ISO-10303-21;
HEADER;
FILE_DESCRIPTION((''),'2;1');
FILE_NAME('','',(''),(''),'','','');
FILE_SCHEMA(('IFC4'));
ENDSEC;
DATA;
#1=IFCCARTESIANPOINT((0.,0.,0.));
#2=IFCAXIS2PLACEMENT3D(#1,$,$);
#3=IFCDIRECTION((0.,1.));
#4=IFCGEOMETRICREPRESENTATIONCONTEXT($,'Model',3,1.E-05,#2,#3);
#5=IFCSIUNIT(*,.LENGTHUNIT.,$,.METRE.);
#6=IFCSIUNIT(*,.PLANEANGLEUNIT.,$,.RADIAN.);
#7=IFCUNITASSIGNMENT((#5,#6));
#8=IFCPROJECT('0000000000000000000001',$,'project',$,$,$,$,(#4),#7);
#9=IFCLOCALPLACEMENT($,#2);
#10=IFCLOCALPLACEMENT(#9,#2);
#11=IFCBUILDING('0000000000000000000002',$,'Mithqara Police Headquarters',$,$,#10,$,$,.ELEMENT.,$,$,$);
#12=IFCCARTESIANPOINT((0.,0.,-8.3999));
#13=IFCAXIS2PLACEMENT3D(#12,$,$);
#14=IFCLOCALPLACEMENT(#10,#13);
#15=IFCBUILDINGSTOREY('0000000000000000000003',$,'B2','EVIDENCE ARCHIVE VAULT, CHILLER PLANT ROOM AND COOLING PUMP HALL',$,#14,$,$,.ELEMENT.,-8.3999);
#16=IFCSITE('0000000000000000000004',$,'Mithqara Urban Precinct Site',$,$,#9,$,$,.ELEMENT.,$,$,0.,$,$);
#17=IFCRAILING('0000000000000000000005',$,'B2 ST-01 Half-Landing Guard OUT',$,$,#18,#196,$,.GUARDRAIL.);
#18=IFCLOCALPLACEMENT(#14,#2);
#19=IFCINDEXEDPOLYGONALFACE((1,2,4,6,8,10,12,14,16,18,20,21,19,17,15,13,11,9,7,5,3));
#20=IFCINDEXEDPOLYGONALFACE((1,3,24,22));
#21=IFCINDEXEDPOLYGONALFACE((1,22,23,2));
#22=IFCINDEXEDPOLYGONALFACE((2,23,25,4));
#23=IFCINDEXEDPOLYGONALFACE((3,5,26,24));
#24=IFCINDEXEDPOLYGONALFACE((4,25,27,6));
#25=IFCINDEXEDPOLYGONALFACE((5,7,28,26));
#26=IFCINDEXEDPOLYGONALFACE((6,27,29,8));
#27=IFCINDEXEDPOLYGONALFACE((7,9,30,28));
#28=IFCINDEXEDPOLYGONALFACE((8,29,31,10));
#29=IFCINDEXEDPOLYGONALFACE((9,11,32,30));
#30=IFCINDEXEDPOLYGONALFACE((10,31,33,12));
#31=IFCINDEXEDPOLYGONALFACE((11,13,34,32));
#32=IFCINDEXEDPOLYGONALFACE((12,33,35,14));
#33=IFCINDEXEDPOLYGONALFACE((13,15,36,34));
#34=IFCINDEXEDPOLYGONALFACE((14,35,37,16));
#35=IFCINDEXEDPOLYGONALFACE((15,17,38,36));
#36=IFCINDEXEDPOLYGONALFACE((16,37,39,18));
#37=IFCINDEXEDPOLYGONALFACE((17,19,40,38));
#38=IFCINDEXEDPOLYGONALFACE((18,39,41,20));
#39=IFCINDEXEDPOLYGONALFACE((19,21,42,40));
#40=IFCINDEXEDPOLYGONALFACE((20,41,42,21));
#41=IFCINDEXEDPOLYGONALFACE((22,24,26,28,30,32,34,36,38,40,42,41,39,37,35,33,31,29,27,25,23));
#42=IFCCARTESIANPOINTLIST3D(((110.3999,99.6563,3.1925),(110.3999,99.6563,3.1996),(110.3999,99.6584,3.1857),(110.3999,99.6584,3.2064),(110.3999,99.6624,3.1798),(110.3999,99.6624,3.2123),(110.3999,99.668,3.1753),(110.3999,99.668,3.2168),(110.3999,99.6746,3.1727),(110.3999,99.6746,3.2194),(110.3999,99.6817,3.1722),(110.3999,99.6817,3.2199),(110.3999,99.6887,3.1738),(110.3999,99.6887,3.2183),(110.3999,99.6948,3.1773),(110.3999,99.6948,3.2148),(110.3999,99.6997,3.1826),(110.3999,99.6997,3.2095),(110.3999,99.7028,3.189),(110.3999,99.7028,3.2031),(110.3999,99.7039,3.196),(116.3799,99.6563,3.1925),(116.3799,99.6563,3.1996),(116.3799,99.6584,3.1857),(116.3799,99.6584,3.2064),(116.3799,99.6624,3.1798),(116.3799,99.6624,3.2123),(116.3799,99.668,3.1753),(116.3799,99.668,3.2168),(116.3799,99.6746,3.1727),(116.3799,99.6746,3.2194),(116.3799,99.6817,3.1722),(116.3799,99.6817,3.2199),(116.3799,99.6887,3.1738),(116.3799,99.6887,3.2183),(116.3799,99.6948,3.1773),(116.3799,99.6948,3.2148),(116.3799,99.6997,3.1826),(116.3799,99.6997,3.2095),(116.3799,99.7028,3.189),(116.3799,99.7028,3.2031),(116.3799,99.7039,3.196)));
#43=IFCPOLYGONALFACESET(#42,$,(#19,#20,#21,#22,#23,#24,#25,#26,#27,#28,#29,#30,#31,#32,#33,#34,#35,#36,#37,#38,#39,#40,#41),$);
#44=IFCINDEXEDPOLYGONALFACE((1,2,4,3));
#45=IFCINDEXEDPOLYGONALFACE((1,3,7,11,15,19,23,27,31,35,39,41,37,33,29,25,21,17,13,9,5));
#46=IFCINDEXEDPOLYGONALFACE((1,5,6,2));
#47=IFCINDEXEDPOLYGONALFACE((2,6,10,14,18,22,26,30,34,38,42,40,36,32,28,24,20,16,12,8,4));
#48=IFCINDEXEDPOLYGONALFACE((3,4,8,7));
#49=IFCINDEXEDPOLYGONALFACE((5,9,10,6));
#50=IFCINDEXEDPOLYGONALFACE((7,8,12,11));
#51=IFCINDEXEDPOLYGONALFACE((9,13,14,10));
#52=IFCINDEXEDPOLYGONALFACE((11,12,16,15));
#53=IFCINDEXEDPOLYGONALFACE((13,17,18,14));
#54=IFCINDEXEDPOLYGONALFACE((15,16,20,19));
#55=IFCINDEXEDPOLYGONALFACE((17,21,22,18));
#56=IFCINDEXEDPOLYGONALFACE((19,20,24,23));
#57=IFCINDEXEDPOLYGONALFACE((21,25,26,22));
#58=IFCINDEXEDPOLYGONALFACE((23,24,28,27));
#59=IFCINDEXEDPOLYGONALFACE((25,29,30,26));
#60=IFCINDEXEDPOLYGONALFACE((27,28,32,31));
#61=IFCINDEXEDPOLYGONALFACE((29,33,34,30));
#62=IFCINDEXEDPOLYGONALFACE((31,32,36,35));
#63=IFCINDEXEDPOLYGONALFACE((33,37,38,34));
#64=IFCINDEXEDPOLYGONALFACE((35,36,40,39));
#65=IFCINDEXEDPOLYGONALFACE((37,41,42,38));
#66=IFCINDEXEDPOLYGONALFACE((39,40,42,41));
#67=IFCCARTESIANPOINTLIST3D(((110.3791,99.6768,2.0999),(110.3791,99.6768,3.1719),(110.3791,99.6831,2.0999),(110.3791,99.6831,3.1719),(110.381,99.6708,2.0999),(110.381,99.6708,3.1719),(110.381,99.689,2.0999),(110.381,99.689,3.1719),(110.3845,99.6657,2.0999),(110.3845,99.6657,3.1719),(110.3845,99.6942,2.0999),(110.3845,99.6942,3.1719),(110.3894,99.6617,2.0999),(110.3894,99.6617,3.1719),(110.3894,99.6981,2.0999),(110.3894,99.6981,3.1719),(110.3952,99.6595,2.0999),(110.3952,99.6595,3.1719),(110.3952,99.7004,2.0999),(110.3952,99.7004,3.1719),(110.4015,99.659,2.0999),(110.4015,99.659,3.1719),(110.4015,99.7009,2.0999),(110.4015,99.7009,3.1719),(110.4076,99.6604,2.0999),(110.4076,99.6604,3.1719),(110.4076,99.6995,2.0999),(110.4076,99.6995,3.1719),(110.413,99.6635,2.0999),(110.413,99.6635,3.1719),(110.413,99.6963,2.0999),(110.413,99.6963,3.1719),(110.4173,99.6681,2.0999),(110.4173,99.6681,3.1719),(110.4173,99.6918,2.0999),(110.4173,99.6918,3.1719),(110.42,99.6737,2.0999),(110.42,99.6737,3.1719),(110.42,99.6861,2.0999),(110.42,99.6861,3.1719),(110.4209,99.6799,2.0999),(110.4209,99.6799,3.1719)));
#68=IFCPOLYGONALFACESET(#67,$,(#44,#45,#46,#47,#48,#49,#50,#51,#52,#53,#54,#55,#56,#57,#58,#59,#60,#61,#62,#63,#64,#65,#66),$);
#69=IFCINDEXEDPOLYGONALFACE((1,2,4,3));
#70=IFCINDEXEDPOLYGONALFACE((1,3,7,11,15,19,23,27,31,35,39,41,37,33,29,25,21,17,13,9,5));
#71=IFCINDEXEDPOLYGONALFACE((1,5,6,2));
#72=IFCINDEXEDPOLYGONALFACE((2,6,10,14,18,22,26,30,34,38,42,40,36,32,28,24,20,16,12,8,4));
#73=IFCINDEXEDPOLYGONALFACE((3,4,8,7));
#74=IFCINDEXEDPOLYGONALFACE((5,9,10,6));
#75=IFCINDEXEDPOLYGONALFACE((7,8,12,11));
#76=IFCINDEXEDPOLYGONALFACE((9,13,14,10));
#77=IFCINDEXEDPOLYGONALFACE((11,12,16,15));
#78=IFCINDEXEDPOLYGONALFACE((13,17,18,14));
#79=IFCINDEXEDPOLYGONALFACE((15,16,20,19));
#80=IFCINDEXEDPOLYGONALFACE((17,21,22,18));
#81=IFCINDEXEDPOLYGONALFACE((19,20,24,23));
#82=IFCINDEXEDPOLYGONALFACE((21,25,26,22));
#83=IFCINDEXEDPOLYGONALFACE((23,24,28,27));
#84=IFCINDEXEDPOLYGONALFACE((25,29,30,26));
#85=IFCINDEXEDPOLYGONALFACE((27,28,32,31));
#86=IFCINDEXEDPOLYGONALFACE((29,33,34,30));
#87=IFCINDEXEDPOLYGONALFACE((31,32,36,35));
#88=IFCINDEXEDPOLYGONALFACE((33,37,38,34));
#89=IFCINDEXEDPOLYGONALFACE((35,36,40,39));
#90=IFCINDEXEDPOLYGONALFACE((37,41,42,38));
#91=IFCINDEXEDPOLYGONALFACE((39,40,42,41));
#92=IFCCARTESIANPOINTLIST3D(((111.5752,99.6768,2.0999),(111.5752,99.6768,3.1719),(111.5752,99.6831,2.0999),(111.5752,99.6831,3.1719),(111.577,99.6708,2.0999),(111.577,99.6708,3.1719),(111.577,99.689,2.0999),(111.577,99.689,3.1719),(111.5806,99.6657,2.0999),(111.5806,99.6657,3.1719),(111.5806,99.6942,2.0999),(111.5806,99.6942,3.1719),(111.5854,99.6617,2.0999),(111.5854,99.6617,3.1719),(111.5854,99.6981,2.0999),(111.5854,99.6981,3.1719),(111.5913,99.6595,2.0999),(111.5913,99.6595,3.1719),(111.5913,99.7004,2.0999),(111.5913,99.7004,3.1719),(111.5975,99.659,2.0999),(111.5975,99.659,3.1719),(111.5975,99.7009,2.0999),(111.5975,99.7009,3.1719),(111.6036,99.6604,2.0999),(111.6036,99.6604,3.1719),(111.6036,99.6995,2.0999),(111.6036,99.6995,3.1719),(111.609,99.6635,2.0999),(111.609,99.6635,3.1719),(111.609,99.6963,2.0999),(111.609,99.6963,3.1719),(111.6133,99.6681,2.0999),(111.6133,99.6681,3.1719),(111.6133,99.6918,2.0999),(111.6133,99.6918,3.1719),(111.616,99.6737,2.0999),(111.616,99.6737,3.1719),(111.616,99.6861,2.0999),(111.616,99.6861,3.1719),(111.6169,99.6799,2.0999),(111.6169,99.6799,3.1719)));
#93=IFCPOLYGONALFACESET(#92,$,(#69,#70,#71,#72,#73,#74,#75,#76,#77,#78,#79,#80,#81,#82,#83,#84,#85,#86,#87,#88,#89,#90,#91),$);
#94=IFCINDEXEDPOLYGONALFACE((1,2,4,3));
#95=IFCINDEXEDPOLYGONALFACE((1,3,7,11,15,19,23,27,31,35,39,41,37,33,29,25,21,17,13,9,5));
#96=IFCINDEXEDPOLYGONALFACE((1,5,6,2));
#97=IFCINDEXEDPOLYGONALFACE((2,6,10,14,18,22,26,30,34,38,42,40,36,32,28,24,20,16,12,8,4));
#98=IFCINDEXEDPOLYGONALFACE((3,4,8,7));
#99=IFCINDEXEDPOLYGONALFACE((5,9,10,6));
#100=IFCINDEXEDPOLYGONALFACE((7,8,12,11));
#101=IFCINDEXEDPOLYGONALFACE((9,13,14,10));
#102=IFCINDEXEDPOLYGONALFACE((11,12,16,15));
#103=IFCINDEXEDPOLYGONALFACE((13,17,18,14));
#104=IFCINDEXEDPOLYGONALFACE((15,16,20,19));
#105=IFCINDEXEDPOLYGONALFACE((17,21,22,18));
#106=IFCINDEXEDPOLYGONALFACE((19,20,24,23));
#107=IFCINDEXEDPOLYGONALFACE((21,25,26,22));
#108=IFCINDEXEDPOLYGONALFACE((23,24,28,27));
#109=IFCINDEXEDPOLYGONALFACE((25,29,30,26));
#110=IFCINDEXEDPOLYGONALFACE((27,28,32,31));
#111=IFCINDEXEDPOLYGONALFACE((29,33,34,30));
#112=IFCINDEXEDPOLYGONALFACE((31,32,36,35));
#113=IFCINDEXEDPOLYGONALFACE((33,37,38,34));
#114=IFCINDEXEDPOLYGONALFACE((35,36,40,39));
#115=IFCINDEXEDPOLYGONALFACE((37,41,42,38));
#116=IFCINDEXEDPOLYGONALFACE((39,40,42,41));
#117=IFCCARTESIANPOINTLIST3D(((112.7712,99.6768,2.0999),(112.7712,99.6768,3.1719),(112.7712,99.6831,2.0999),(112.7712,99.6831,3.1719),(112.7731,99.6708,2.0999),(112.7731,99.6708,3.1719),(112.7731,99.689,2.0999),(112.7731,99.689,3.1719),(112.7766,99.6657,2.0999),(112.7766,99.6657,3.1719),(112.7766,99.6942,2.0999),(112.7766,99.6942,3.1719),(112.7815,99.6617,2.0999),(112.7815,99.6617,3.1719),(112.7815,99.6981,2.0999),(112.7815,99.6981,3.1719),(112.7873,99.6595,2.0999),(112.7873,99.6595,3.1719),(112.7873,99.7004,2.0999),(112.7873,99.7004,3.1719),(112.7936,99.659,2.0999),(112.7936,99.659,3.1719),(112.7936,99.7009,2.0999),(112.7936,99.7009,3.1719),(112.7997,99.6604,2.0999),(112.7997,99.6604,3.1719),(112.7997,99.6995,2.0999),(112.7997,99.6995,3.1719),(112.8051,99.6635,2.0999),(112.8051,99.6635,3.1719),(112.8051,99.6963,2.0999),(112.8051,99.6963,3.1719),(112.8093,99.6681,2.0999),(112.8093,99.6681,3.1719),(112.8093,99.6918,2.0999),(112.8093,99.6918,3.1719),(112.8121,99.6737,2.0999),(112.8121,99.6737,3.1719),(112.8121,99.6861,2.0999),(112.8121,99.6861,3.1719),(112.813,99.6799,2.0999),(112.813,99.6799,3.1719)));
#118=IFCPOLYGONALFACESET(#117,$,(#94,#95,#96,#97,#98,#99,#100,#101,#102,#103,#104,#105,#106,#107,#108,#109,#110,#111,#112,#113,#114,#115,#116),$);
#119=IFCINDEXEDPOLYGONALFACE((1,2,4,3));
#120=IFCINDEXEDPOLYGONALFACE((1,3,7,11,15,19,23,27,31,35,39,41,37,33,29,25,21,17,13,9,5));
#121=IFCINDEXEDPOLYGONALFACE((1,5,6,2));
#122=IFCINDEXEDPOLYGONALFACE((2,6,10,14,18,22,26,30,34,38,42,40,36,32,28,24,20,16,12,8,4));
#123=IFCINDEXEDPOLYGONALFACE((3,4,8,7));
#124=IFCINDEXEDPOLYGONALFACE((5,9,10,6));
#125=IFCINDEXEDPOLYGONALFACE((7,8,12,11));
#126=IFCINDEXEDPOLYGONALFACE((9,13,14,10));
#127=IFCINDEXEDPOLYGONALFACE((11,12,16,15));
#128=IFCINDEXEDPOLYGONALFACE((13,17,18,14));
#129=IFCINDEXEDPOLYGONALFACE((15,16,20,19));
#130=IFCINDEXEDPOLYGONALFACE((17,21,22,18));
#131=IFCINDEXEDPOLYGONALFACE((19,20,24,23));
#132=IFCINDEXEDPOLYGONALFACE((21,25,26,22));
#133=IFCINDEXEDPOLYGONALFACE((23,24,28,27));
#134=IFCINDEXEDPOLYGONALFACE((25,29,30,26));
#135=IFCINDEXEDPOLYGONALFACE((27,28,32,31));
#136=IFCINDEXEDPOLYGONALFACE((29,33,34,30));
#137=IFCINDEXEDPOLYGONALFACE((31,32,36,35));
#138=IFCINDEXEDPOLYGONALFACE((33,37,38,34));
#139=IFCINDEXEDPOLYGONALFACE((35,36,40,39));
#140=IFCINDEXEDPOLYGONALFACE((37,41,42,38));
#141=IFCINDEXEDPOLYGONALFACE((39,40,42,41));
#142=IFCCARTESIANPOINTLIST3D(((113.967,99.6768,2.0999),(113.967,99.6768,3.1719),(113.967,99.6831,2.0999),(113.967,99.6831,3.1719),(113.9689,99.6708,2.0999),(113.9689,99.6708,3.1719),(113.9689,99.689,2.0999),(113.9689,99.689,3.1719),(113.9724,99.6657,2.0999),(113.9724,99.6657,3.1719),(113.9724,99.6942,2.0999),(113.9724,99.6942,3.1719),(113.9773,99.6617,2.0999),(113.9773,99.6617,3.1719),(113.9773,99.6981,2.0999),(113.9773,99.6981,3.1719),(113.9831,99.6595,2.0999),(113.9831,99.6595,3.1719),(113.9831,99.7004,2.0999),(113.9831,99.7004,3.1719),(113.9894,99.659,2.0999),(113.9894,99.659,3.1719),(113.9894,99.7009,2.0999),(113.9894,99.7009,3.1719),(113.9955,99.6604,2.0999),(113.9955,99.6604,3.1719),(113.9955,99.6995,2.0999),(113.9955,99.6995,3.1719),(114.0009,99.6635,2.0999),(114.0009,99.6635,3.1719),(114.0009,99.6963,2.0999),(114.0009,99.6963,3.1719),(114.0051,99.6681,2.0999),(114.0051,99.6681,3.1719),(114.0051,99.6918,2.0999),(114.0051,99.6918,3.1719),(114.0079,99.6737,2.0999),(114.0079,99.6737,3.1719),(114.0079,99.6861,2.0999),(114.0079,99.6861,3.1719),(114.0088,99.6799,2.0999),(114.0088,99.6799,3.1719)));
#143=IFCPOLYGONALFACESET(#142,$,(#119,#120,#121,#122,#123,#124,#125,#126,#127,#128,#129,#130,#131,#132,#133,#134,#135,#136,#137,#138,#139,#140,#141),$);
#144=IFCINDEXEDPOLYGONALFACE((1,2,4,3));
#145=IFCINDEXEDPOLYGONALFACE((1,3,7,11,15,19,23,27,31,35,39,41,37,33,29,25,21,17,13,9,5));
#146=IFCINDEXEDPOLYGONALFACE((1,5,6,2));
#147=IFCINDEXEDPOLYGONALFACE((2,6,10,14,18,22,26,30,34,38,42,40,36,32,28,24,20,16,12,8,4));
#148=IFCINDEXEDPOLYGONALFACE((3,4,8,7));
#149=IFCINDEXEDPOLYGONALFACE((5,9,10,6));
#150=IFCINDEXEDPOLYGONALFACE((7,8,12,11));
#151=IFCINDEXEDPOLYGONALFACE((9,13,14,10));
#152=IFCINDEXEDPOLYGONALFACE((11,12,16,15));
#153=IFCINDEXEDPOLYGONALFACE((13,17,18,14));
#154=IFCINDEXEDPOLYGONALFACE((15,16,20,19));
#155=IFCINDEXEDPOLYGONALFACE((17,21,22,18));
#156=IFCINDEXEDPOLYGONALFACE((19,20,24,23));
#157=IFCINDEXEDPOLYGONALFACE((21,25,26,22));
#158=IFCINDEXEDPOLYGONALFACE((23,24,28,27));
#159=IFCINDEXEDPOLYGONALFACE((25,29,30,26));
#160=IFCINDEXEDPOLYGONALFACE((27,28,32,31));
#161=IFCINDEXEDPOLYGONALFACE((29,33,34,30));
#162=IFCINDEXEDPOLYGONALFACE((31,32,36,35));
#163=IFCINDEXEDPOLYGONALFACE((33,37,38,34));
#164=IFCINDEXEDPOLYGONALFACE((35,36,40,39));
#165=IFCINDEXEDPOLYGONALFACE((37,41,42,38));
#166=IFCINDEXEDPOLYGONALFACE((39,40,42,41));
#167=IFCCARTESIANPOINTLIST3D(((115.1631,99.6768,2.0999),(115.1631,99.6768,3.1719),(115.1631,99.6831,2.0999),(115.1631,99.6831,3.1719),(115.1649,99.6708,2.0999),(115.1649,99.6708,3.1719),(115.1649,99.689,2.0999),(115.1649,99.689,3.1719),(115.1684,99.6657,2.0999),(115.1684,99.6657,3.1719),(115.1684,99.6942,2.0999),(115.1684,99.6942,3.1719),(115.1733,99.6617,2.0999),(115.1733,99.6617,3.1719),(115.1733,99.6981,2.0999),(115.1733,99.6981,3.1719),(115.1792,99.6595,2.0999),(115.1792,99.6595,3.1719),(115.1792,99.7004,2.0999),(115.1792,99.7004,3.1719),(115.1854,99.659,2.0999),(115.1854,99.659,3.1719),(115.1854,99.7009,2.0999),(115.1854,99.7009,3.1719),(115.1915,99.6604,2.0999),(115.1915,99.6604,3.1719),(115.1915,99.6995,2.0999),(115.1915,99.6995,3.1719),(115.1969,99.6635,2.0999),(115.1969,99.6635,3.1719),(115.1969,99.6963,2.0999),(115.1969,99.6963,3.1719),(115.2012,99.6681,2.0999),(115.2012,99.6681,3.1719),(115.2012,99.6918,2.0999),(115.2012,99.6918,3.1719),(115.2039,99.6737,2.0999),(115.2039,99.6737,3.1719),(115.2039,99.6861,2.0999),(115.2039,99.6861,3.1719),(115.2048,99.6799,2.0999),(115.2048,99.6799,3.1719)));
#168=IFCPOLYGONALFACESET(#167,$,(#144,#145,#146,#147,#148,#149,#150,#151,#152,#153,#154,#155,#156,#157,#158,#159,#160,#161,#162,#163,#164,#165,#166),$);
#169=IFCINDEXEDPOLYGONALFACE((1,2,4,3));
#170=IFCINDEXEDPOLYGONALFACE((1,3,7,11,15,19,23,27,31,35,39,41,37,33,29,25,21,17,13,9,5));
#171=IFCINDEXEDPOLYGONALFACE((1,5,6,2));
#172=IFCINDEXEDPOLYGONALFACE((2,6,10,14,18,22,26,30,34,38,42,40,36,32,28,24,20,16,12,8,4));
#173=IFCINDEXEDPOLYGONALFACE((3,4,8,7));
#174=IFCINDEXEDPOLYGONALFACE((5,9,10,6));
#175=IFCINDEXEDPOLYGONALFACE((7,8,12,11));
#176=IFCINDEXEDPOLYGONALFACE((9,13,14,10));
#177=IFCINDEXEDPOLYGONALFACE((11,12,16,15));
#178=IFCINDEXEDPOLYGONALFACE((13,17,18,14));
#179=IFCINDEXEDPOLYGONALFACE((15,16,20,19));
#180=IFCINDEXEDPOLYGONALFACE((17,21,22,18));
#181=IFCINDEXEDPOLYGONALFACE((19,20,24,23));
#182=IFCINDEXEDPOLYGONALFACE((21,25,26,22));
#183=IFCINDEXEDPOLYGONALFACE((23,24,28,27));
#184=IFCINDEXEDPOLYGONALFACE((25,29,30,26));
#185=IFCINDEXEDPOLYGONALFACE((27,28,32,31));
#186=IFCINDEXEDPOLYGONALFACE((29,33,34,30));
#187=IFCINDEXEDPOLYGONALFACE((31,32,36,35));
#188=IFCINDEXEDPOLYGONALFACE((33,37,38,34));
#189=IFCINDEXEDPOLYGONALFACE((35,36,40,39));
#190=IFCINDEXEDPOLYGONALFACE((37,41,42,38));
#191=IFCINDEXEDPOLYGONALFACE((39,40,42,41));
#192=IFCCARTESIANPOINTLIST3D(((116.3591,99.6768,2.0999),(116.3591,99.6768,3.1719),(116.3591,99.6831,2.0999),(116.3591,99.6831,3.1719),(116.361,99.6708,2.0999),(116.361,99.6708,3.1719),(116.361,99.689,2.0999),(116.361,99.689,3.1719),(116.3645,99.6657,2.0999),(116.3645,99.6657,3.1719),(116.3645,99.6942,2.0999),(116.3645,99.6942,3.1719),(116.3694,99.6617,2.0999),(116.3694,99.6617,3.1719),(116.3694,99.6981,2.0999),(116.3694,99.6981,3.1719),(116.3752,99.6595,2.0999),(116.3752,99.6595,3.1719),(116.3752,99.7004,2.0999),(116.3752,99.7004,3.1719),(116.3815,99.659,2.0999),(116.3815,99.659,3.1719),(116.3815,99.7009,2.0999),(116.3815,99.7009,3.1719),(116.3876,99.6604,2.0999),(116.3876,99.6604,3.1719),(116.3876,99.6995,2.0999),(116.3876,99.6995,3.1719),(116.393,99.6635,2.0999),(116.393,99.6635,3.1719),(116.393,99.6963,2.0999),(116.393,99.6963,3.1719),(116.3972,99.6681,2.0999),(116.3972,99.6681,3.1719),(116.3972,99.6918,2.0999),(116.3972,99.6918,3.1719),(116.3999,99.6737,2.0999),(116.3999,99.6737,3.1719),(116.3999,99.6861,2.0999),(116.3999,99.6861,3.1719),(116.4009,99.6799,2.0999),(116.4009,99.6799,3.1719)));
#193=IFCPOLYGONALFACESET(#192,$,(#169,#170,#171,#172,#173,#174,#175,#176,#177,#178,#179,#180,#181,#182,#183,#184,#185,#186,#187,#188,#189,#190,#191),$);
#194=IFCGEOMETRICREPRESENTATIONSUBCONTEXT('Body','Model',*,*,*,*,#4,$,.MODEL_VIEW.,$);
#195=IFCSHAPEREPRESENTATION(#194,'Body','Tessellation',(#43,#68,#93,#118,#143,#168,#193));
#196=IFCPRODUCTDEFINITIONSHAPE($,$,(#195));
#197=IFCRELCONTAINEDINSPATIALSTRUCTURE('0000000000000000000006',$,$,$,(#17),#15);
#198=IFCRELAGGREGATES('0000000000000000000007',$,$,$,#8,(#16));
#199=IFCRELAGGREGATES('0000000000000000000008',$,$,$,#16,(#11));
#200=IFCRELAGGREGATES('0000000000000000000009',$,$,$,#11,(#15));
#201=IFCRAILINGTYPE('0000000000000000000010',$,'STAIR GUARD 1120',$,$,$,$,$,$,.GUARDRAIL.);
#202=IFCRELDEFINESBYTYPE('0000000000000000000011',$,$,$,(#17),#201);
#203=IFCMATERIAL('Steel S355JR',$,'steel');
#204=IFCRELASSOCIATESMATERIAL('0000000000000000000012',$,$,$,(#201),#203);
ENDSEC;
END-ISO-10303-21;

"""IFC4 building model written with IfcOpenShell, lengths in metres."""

from ifc_helpers import new_model, si_unit, direction, frame, origin, origin_2d, place, context, subcontext, project, spatial, circle, extrude, material, type_object, element, save


model = new_model("IFC4")

# Units and contexts
model_context = context("Model", 3, precision=1e-05, world=origin(), true_north=direction((0.0, 1.0)))
body_context = subcontext(model_context, "Body", "Model", "MODEL_VIEW")
ifc_project = project(units=[si_unit("LENGTHUNIT", "METRE"), si_unit("PLANEANGLEUNIT", "RADIAN")], contexts=[model_context])

# Site, building, storey
site_placement = place(None, origin())
site = spatial("IfcSite", under=ifc_project, at=site_placement, Name="Mithqara Urban Precinct Site", CompositionType="ELEMENT", RefElevation=0.0)
building_placement = place(site_placement, origin())
building = spatial("IfcBuilding", under=site, at=building_placement, Name="Mithqara Police Headquarters", CompositionType="ELEMENT")
storey_placement = place(building_placement, frame((0.0, 0.0, -8.3999)))
storey = spatial("IfcBuildingStorey", under=building, at=storey_placement, Name="B2", Description="EVIDENCE ARCHIVE VAULT, CHILLER PLANT ROOM AND COOLING PUMP HALL", CompositionType="ELEMENT", Elevation=-8.3999)

# Shared definitions
ifc_material_1 = material(Name="Steel S355JR", Category="steel")

# Railing
railing_type = type_object("IfcRailingType", Name="STAIR GUARD 1120", PredefinedType="GUARDRAIL", material=ifc_material_1)
railing_placement = place(storey_placement, frame((110.3999, 99.6799, 2.0999)))
element("IfcRailing", 1, at=railing_placement, inside=storey, type_object=railing_type, Name="B2 ST-01 Half-Landing Guard OUT", PredefinedType="GUARDRAIL", context=body_context, shape_type="SweptSolid", body=[
    extrude(circle(Radius=0.0239, at=origin_2d()), frame((0.0, 0.0, 1.0962), z_axis=(1.0, 0.0, 0.0), x_axis=(0.0, 1.0, 0.0)), (0.0, 0.0, 1.0), 5.98),
    extrude(circle(Radius=0.021, at=origin_2d()), origin(), (0.0, 0.0, 1.0), 1.072),
    extrude(circle(Radius=0.021, at=origin_2d()), frame((1.196, 0.0, 0.0)), (0.0, 0.0, 1.0), 1.072),
    extrude(circle(Radius=0.021, at=origin_2d()), frame((2.3921, 0.0, 0.0)), (0.0, 0.0, 1.0), 1.072),
    extrude(circle(Radius=0.021, at=origin_2d()), frame((3.5879, 0.0, 0.0)), (0.0, 0.0, 1.0), 1.072),
    extrude(circle(Radius=0.021, at=origin_2d()), frame((4.7839, 0.0, 0.0)), (0.0, 0.0, 1.0), 1.072),
    extrude(circle(Radius=0.021, at=origin_2d()), frame((5.98, 0.0, 0.0)), (0.0, 0.0, 1.0), 1.072),
])

save(model, "model.ifc")
